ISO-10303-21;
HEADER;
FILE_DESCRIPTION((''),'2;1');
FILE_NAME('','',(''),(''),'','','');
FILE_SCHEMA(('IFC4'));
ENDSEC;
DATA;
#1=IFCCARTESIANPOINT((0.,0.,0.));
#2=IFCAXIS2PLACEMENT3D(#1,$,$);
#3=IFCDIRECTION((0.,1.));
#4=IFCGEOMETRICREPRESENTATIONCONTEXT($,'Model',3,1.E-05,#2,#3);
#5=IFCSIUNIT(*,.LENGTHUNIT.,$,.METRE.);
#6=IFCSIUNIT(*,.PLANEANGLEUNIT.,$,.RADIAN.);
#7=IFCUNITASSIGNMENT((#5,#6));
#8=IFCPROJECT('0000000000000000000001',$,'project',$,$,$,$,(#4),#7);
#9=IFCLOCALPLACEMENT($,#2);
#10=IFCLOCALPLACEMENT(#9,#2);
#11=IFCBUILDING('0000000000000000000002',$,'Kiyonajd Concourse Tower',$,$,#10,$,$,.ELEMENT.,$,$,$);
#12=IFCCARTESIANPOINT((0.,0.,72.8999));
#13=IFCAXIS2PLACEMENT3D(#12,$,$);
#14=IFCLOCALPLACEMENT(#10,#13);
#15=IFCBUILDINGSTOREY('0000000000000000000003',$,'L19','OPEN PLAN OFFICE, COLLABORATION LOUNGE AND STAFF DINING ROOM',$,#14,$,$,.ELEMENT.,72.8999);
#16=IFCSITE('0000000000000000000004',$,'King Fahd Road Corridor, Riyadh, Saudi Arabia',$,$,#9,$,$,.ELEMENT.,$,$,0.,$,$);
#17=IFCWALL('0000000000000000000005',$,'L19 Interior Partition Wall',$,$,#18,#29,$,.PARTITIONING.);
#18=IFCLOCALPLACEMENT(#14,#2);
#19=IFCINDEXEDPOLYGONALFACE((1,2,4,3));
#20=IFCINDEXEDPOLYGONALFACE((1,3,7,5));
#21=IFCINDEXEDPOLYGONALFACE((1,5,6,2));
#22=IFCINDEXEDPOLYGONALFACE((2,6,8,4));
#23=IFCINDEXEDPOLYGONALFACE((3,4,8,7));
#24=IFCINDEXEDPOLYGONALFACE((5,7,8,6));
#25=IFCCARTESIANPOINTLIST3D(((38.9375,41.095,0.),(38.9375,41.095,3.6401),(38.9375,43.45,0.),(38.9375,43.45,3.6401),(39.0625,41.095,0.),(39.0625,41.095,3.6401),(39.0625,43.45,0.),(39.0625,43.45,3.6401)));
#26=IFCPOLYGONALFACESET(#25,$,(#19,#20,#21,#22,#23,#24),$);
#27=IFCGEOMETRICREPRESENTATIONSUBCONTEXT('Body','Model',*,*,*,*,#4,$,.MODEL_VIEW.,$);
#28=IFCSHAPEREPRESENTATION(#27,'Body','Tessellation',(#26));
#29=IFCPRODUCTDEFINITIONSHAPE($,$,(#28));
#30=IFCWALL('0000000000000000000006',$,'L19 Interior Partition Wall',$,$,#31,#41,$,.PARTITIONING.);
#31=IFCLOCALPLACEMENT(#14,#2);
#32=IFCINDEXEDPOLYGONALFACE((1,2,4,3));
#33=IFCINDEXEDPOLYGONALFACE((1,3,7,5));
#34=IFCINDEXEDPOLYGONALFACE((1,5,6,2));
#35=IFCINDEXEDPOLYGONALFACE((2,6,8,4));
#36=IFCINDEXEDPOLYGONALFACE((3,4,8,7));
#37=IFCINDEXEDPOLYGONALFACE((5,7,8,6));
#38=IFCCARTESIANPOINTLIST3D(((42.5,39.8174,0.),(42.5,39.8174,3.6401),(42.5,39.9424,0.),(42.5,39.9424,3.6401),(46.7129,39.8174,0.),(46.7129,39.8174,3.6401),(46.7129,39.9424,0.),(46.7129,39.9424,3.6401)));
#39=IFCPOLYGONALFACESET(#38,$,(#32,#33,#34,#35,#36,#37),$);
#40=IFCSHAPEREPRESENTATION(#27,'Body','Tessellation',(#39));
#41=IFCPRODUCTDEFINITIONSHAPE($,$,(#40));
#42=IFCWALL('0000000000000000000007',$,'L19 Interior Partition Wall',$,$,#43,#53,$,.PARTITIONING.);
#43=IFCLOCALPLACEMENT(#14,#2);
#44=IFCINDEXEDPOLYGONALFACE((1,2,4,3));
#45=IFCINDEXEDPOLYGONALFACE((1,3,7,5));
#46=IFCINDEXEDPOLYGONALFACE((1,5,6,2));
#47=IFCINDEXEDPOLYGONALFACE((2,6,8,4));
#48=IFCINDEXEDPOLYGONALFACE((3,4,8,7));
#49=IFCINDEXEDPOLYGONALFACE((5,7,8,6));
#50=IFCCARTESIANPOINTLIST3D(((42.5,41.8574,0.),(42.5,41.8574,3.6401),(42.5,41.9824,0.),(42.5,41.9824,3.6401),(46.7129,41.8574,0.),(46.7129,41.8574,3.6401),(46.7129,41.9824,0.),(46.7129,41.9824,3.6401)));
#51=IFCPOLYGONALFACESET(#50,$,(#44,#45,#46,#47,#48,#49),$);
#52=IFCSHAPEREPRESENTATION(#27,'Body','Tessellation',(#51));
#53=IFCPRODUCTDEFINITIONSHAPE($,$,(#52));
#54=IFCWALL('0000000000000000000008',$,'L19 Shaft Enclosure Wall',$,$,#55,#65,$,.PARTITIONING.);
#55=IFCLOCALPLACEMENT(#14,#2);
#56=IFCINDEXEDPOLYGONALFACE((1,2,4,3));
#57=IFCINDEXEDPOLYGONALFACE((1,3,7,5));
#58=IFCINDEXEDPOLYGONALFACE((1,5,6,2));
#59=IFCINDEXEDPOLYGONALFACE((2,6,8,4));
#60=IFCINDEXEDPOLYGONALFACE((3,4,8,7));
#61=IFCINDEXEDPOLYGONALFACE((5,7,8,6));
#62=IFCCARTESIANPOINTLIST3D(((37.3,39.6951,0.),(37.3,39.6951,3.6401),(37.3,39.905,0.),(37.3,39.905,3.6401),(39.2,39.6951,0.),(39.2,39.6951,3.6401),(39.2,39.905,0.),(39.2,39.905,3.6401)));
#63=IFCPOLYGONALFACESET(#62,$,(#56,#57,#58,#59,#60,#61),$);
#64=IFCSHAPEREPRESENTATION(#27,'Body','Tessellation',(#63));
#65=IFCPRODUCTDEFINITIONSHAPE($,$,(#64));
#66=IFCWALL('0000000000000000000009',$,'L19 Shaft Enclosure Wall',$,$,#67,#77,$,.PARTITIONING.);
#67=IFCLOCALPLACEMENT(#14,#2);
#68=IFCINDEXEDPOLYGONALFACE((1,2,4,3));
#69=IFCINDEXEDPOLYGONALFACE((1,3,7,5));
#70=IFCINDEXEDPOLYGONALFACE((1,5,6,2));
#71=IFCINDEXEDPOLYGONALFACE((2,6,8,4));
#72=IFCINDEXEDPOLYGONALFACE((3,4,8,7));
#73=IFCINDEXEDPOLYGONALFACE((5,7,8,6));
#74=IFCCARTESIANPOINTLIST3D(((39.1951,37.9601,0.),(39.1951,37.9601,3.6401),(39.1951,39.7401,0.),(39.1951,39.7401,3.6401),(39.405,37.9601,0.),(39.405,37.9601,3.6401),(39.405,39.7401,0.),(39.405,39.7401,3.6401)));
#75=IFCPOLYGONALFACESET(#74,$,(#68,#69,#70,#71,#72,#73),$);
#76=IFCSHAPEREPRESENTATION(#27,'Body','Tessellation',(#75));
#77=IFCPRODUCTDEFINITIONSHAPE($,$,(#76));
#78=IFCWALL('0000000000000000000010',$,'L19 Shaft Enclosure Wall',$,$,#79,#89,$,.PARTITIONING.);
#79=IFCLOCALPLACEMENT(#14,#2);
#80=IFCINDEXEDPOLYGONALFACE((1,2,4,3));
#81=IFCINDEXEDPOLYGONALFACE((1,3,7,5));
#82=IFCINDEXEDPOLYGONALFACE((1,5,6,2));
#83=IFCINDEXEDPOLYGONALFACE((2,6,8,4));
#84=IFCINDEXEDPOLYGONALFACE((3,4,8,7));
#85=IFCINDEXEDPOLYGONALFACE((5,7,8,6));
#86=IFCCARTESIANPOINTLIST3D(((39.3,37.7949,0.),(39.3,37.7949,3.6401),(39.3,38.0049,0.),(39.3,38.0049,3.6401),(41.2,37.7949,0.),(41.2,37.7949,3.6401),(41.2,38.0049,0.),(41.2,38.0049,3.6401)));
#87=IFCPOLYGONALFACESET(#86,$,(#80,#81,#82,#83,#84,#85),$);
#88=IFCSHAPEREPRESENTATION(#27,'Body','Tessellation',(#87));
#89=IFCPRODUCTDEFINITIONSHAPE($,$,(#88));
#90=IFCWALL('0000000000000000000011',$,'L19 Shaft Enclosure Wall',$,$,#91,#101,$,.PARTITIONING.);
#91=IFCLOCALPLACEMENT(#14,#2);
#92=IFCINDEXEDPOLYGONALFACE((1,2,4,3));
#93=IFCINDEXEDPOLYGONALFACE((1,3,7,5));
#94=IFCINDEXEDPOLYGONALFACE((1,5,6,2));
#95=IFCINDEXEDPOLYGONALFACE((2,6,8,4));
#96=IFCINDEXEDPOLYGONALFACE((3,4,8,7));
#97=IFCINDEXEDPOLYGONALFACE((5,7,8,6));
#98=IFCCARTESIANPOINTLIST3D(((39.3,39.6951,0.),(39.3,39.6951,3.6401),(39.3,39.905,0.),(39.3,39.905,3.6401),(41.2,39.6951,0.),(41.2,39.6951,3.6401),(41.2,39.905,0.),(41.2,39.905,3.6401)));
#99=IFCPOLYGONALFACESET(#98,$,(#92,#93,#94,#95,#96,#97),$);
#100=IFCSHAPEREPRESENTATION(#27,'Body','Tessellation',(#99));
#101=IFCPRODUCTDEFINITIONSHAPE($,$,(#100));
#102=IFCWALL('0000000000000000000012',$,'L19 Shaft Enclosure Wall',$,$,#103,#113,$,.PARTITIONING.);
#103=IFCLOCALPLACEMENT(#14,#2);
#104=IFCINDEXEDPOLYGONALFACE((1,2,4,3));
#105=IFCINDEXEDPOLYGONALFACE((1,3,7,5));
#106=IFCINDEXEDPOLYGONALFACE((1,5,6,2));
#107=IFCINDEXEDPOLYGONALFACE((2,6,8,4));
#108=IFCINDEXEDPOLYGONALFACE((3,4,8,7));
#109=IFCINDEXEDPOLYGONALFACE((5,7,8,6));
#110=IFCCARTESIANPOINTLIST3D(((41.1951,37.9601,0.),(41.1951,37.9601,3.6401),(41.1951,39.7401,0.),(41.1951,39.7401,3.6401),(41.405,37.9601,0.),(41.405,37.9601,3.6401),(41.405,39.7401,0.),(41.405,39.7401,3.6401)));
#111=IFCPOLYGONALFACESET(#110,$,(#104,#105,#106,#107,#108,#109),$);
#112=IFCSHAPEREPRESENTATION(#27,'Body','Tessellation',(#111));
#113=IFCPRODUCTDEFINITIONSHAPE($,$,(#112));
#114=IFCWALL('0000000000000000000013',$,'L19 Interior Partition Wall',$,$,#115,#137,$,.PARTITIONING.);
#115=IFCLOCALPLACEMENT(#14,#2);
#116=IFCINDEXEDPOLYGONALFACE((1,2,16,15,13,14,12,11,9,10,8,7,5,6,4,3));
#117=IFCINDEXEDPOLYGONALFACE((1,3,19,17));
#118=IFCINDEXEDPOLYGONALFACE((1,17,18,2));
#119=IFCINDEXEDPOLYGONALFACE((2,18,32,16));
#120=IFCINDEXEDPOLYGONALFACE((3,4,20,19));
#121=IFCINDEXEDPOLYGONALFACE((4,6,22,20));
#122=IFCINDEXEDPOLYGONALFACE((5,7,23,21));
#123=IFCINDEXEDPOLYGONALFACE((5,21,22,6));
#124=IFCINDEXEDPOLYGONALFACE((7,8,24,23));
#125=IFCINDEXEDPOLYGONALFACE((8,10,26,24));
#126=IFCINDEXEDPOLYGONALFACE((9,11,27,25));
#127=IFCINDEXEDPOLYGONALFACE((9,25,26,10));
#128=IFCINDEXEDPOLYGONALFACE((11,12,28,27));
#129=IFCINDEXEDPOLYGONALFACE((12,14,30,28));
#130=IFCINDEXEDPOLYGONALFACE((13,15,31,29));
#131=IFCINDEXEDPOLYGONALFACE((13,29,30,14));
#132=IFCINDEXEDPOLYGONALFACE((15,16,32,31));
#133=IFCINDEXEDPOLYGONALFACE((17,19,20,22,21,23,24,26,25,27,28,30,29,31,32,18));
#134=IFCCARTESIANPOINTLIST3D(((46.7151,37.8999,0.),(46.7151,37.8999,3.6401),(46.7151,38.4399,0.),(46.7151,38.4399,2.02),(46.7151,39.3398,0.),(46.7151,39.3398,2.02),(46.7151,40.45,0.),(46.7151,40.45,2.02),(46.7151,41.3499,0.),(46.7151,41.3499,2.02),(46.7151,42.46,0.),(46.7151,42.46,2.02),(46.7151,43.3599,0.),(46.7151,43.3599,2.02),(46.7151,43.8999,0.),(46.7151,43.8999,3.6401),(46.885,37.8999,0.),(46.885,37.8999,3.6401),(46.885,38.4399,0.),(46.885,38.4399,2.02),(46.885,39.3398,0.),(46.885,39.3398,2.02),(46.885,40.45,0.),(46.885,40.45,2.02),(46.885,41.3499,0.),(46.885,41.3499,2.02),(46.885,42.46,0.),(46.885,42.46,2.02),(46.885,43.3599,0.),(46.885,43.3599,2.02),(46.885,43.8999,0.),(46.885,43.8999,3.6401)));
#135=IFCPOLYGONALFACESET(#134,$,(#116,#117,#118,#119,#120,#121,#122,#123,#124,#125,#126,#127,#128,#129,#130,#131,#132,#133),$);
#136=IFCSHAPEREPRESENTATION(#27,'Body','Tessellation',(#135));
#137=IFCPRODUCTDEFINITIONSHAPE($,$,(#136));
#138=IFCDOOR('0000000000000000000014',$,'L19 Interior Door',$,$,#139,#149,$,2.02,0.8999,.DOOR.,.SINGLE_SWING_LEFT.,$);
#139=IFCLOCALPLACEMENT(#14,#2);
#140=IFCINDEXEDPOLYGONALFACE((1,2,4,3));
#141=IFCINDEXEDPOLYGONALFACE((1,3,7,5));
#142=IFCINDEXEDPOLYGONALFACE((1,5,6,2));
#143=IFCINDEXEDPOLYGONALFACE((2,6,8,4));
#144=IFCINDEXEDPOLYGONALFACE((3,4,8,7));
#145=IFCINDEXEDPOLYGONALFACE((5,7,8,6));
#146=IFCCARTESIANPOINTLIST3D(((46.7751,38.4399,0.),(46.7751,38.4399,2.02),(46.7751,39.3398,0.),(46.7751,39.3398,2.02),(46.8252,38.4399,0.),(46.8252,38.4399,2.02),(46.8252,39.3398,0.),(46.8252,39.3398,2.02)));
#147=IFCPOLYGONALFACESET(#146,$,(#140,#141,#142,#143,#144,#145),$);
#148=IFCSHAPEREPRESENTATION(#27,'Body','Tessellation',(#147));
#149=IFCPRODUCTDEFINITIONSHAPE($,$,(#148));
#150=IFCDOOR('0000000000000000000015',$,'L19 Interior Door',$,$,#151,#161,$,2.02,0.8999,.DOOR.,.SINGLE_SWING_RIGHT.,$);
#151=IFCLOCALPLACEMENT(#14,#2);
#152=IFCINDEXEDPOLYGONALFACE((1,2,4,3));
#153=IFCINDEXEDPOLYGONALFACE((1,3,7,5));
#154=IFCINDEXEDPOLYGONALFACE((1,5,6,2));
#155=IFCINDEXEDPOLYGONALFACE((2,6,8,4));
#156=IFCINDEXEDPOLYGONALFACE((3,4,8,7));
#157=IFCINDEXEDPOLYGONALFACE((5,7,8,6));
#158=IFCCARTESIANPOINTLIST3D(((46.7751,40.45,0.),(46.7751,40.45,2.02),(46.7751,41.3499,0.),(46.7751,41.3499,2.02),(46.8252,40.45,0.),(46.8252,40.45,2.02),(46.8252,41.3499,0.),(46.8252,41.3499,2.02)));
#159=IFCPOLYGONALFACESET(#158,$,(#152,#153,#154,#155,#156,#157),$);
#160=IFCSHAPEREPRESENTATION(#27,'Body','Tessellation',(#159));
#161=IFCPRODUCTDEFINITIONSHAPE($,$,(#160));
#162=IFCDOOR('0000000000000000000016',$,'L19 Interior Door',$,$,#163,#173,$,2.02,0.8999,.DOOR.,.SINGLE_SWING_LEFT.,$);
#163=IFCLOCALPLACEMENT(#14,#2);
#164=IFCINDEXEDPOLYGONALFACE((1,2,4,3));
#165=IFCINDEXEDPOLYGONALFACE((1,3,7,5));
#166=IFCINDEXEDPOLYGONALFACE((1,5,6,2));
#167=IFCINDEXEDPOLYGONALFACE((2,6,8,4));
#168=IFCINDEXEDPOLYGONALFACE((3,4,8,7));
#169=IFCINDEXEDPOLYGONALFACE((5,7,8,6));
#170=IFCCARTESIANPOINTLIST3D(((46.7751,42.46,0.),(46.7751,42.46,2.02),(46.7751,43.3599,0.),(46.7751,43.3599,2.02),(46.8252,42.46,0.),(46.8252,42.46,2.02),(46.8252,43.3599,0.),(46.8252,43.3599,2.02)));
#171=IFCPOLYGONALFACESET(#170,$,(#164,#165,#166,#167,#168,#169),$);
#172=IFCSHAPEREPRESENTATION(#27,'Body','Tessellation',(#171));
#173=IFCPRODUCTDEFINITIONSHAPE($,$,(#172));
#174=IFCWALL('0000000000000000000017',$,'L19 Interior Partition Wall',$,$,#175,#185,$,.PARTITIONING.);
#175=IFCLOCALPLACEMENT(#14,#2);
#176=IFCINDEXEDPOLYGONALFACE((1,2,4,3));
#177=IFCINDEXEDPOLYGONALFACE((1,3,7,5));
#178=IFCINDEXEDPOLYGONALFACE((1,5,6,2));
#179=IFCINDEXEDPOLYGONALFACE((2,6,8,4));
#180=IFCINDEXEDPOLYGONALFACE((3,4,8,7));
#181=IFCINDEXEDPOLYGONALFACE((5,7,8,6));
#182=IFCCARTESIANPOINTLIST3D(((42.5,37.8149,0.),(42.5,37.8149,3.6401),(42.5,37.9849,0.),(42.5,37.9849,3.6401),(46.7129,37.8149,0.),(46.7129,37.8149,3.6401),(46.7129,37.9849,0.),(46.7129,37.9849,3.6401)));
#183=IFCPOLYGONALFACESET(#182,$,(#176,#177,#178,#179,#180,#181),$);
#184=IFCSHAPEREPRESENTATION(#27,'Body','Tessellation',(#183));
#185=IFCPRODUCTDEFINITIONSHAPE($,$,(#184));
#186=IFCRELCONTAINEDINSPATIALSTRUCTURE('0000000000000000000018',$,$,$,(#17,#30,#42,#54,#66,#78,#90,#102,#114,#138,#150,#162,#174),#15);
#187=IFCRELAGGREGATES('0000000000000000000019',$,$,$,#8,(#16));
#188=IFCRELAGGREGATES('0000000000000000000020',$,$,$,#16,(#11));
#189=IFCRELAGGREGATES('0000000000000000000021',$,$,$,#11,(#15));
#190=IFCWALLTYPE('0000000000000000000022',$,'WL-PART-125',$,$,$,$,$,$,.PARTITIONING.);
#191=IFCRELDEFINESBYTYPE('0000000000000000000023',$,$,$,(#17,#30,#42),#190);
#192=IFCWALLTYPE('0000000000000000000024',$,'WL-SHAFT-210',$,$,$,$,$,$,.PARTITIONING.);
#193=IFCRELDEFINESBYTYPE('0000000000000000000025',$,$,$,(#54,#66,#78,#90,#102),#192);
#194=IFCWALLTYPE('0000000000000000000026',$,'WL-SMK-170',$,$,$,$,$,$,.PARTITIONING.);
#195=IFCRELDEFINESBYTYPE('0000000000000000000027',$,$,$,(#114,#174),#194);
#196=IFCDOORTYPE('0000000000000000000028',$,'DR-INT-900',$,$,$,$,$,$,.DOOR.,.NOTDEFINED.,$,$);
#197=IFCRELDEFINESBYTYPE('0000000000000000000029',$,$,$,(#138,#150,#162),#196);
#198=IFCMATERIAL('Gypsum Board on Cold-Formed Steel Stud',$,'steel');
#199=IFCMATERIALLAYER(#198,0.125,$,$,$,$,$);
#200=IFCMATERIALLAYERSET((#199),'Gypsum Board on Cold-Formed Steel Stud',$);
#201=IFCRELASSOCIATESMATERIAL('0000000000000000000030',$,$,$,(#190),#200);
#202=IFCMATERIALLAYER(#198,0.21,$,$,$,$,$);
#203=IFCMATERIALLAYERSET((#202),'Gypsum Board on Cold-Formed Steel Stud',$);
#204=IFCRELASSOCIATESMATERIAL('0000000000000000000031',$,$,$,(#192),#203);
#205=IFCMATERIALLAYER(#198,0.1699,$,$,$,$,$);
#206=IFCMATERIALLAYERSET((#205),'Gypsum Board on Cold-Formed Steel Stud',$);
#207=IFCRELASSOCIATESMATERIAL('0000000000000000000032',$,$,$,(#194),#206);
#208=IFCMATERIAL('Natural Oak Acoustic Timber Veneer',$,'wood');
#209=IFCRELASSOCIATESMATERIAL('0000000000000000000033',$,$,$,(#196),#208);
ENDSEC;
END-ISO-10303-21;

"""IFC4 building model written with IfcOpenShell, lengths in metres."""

from ifc_helpers import new_model, si_unit, direction, frame, frame_2d, origin, place, context, subcontext, project, spatial, rectangle, extrude, material, layer, layer_set, type_object, element, fill, save


model = new_model("IFC4")

# Units and contexts
model_context = context("Model", 3, precision=1e-05, world=origin(), true_north=direction((0.0, 1.0)))
body_context = subcontext(model_context, "Body", "Model", "MODEL_VIEW")
ifc_project = project(units=[si_unit("LENGTHUNIT", "METRE"), si_unit("PLANEANGLEUNIT", "RADIAN")], contexts=[model_context])

# Site, building, storey
site_placement = place(None, origin())
site = spatial("IfcSite", under=ifc_project, at=site_placement, Name="King Fahd Road Corridor, Riyadh, Saudi Arabia", CompositionType="ELEMENT", RefElevation=0.0)
building_placement = place(site_placement, origin())
building = spatial("IfcBuilding", under=site, at=building_placement, Name="Kiyonajd Concourse Tower", CompositionType="ELEMENT")
storey_placement = place(building_placement, frame((0.0, 0.0, 72.8999)))
storey = spatial("IfcBuildingStorey", under=building, at=storey_placement, Name="L19", Description="OPEN PLAN OFFICE, COLLABORATION LOUNGE AND STAFF DINING ROOM", CompositionType="ELEMENT", Elevation=72.8999)

# Walls
ifc_material_1 = material(Name="Gypsum Board on Cold-Formed Steel Stud", Category="steel")
ifc_layer_1 = layer(ifc_material_1, 0.125)
ifc_layer_set_1 = layer_set([ifc_layer_1], Name="Gypsum Board on Cold-Formed Steel Stud")
wall_type_1 = type_object("IfcWallType", Name="WL-PART-125", PredefinedType="PARTITIONING", material=ifc_layer_set_1)
wall_1_placement = place(storey_placement, frame((39.0, 41.095, 0.0), z_axis=(0.0, 0.0, 1.0), x_axis=(0.0, 1.0, 0.0)))
element("IfcWall", 1, at=wall_1_placement, inside=storey, type_object=wall_type_1, Name="L19 Interior Partition Wall", PredefinedType="PARTITIONING", context=body_context, shape_type="SweptSolid", body=[
    extrude(rectangle(XDim=2.355, YDim=0.125, at=frame_2d((1.1775, 0.0))), origin(), (0.0, 0.0, 1.0), 3.6401),
])
for number, where, z_axis, x_axis, name in (
    (2, (42.5, 39.8799, 0.0), (0.0, 0.0, 1.0), (1.0, 0.0, 0.0), "L19 Interior Partition Wall"),
    (3, (42.5, 41.9199, 0.0), (0.0, 0.0, 1.0), (1.0, 0.0, 0.0), "L19 Interior Partition Wall"),
):
    element("IfcWall", number, at=place(storey_placement, frame(where, z_axis=z_axis, x_axis=x_axis)), inside=storey, type_object=wall_type_1, Name=name, PredefinedType="PARTITIONING", context=body_context, shape_type="SweptSolid", body=[
        extrude(rectangle(XDim=4.2129, YDim=0.125, at=frame_2d((2.1064, 0.0))), origin(), (0.0, 0.0, 1.0), 3.6401),
    ])
ifc_layer_2 = layer(ifc_material_1, 0.21)
ifc_layer_set_2 = layer_set([ifc_layer_2], Name="Gypsum Board on Cold-Formed Steel Stud")
wall_type_2 = type_object("IfcWallType", Name="WL-SHAFT-210", PredefinedType="PARTITIONING", material=ifc_layer_set_2)
wall_2_placement = place(storey_placement, frame((37.3, 39.8, 0.0), z_axis=(0.0, 0.0, 1.0), x_axis=(1.0, 0.0, 0.0)))
element("IfcWall", 4, at=wall_2_placement, inside=storey, type_object=wall_type_2, Name="L19 Shaft Enclosure Wall", PredefinedType="PARTITIONING", context=body_context, shape_type="SweptSolid", body=[
    extrude(rectangle(XDim=1.8999, YDim=0.21, at=frame_2d((0.95, 0.0))), origin(), (0.0, 0.0, 1.0), 3.6401),
])
wall_3_placement = place(storey_placement, frame((39.3, 37.96, 0.0), z_axis=(0.0, 0.0, 1.0), x_axis=(0.0, 1.0, 0.0)))
element("IfcWall", 5, at=wall_3_placement, inside=storey, type_object=wall_type_2, Name="L19 Shaft Enclosure Wall", PredefinedType="PARTITIONING", context=body_context, shape_type="SweptSolid", body=[
    extrude(rectangle(XDim=1.78, YDim=0.21, at=frame_2d((0.8901, 0.0))), origin(), (0.0, 0.0, 1.0), 3.6401),
])
for number, where, z_axis, x_axis, name in (
    (6, (39.3, 37.8999, 0.0), (0.0, 0.0, 1.0), (1.0, 0.0, 0.0), "L19 Shaft Enclosure Wall"),
    (7, (39.3, 39.8, 0.0), (0.0, 0.0, 1.0), (1.0, 0.0, 0.0), "L19 Shaft Enclosure Wall"),
):
    element("IfcWall", number, at=place(storey_placement, frame(where, z_axis=z_axis, x_axis=x_axis)), inside=storey, type_object=wall_type_2, Name=name, PredefinedType="PARTITIONING", context=body_context, shape_type="SweptSolid", body=[
        extrude(rectangle(XDim=1.8999, YDim=0.21, at=frame_2d((0.95, 0.0))), origin(), (0.0, 0.0, 1.0), 3.6401),
    ])
wall_4_placement = place(storey_placement, frame((41.3, 37.96, 0.0), z_axis=(0.0, 0.0, 1.0), x_axis=(0.0, 1.0, 0.0)))
element("IfcWall", 8, at=wall_4_placement, inside=storey, type_object=wall_type_2, Name="L19 Shaft Enclosure Wall", PredefinedType="PARTITIONING", context=body_context, shape_type="SweptSolid", body=[
    extrude(rectangle(XDim=1.78, YDim=0.21, at=frame_2d((0.8901, 0.0))), origin(), (0.0, 0.0, 1.0), 3.6401),
])

# Wall, openings, doors
ifc_layer_3 = layer(ifc_material_1, 0.1699)
ifc_layer_set_3 = layer_set([ifc_layer_3], Name="Gypsum Board on Cold-Formed Steel Stud")
wall_type_3 = type_object("IfcWallType", Name="WL-SMK-170", PredefinedType="PARTITIONING", material=ifc_layer_set_3)
wall_5_placement = place(storey_placement, frame((46.8, 37.8999, 0.0), z_axis=(0.0, 0.0, 1.0), x_axis=(0.0, 1.0, 0.0)))
wall_5 = element("IfcWall", 9, at=wall_5_placement, inside=storey, type_object=wall_type_3, Name="L19 Interior Partition Wall", PredefinedType="PARTITIONING", context=body_context, shape_type="SweptSolid", body=[
    extrude(rectangle(XDim=6.0, YDim=0.1699, at=frame_2d((3.0, 0.0))), origin(), (0.0, 0.0, 1.0), 3.6401),
])
opening_1_placement = place(wall_5_placement, frame((0.54, 0.0, 0.0)))
opening_1 = element("IfcOpeningElement", 10, at=opening_1_placement, cuts=wall_5, PredefinedType="OPENING", context=body_context, shape_type="SweptSolid", body=[
    extrude(rectangle(XDim=0.8999, YDim=2.02, at=frame_2d((0.45, 1.01))), frame((0.0, 0.095, 0.0), z_axis=(0.0, -1.0, 0.0), x_axis=(1.0, 0.0, 0.0)), (0.0, 0.0, 1.0), 0.1899),
])
opening_2_placement = place(wall_5_placement, frame((2.55, 0.0, 0.0)))
opening_2 = element("IfcOpeningElement", 11, at=opening_2_placement, cuts=wall_5, PredefinedType="OPENING", context=body_context, shape_type="SweptSolid", body=[
    extrude(rectangle(XDim=0.8999, YDim=2.02, at=frame_2d((0.45, 1.01))), frame((0.0, 0.095, 0.0), z_axis=(0.0, -1.0, 0.0), x_axis=(1.0, 0.0, 0.0)), (0.0, 0.0, 1.0), 0.1899),
])
opening_3_placement = place(wall_5_placement, frame((4.5601, 0.0, 0.0)))
opening_3 = element("IfcOpeningElement", 12, at=opening_3_placement, cuts=wall_5, PredefinedType="OPENING", context=body_context, shape_type="SweptSolid", body=[
    extrude(rectangle(XDim=0.8999, YDim=2.02, at=frame_2d((0.45, 1.01))), frame((0.0, 0.095, 0.0), z_axis=(0.0, -1.0, 0.0), x_axis=(1.0, 0.0, 0.0)), (0.0, 0.0, 1.0), 0.1899),
])
ifc_material_2 = material(Name="Natural Oak Acoustic Timber Veneer", Category="wood")
door_type = type_object("IfcDoorType", Name="DR-INT-900", OperationType="NOTDEFINED", PredefinedType="DOOR", material=ifc_material_2)
door_1_placement = place(opening_1_placement, origin())
door_1 = element("IfcDoor", 13, at=door_1_placement, inside=storey, type_object=door_type, Name="L19 Interior Door", OperationType="SINGLE_SWING_LEFT", OverallHeight=2.02, OverallWidth=0.8999, PredefinedType="DOOR", context=body_context, shape_type="SweptSolid", body=[
    extrude(rectangle(XDim=0.8999, YDim=2.02, at=frame_2d((0.45, 1.01))), frame((0.0, 0.0249, 0.0), z_axis=(0.0, -1.0, 0.0), x_axis=(1.0, 0.0, 0.0)), (0.0, 0.0, 1.0), 0.05),
])
fill(opening_1, door_1)
door_2_placement = place(opening_2_placement, origin())
door_2 = element("IfcDoor", 14, at=door_2_placement, inside=storey, type_object=door_type, Name="L19 Interior Door", OperationType="SINGLE_SWING_RIGHT", OverallHeight=2.02, OverallWidth=0.8999, PredefinedType="DOOR", context=body_context, shape_type="SweptSolid", body=[
    extrude(rectangle(XDim=0.8999, YDim=2.02, at=frame_2d((0.45, 1.01))), frame((0.0, 0.0249, 0.0), z_axis=(0.0, -1.0, 0.0), x_axis=(1.0, 0.0, 0.0)), (0.0, 0.0, 1.0), 0.05),
])
fill(opening_2, door_2)
door_3_placement = place(opening_3_placement, origin())
door_3 = element("IfcDoor", 15, at=door_3_placement, inside=storey, type_object=door_type, Name="L19 Interior Door", OperationType="SINGLE_SWING_LEFT", OverallHeight=2.02, OverallWidth=0.8999, PredefinedType="DOOR", context=body_context, shape_type="SweptSolid", body=[
    extrude(rectangle(XDim=0.8999, YDim=2.02, at=frame_2d((0.45, 1.01))), frame((0.0, 0.0249, 0.0), z_axis=(0.0, -1.0, 0.0), x_axis=(1.0, 0.0, 0.0)), (0.0, 0.0, 1.0), 0.05),
])
fill(opening_3, door_3)

# Wall
wall_6_placement = place(storey_placement, frame((42.5, 37.8999, 0.0), z_axis=(0.0, 0.0, 1.0), x_axis=(1.0, 0.0, 0.0)))
element("IfcWall", 16, at=wall_6_placement, inside=storey, type_object=wall_type_3, Name="L19 Interior Partition Wall", PredefinedType="PARTITIONING", context=body_context, shape_type="SweptSolid", body=[
    extrude(rectangle(XDim=4.2129, YDim=0.1699, at=frame_2d((2.1064, 0.0))), origin(), (0.0, 0.0, 1.0), 3.6401),
])

save(model, "model.ifc")
